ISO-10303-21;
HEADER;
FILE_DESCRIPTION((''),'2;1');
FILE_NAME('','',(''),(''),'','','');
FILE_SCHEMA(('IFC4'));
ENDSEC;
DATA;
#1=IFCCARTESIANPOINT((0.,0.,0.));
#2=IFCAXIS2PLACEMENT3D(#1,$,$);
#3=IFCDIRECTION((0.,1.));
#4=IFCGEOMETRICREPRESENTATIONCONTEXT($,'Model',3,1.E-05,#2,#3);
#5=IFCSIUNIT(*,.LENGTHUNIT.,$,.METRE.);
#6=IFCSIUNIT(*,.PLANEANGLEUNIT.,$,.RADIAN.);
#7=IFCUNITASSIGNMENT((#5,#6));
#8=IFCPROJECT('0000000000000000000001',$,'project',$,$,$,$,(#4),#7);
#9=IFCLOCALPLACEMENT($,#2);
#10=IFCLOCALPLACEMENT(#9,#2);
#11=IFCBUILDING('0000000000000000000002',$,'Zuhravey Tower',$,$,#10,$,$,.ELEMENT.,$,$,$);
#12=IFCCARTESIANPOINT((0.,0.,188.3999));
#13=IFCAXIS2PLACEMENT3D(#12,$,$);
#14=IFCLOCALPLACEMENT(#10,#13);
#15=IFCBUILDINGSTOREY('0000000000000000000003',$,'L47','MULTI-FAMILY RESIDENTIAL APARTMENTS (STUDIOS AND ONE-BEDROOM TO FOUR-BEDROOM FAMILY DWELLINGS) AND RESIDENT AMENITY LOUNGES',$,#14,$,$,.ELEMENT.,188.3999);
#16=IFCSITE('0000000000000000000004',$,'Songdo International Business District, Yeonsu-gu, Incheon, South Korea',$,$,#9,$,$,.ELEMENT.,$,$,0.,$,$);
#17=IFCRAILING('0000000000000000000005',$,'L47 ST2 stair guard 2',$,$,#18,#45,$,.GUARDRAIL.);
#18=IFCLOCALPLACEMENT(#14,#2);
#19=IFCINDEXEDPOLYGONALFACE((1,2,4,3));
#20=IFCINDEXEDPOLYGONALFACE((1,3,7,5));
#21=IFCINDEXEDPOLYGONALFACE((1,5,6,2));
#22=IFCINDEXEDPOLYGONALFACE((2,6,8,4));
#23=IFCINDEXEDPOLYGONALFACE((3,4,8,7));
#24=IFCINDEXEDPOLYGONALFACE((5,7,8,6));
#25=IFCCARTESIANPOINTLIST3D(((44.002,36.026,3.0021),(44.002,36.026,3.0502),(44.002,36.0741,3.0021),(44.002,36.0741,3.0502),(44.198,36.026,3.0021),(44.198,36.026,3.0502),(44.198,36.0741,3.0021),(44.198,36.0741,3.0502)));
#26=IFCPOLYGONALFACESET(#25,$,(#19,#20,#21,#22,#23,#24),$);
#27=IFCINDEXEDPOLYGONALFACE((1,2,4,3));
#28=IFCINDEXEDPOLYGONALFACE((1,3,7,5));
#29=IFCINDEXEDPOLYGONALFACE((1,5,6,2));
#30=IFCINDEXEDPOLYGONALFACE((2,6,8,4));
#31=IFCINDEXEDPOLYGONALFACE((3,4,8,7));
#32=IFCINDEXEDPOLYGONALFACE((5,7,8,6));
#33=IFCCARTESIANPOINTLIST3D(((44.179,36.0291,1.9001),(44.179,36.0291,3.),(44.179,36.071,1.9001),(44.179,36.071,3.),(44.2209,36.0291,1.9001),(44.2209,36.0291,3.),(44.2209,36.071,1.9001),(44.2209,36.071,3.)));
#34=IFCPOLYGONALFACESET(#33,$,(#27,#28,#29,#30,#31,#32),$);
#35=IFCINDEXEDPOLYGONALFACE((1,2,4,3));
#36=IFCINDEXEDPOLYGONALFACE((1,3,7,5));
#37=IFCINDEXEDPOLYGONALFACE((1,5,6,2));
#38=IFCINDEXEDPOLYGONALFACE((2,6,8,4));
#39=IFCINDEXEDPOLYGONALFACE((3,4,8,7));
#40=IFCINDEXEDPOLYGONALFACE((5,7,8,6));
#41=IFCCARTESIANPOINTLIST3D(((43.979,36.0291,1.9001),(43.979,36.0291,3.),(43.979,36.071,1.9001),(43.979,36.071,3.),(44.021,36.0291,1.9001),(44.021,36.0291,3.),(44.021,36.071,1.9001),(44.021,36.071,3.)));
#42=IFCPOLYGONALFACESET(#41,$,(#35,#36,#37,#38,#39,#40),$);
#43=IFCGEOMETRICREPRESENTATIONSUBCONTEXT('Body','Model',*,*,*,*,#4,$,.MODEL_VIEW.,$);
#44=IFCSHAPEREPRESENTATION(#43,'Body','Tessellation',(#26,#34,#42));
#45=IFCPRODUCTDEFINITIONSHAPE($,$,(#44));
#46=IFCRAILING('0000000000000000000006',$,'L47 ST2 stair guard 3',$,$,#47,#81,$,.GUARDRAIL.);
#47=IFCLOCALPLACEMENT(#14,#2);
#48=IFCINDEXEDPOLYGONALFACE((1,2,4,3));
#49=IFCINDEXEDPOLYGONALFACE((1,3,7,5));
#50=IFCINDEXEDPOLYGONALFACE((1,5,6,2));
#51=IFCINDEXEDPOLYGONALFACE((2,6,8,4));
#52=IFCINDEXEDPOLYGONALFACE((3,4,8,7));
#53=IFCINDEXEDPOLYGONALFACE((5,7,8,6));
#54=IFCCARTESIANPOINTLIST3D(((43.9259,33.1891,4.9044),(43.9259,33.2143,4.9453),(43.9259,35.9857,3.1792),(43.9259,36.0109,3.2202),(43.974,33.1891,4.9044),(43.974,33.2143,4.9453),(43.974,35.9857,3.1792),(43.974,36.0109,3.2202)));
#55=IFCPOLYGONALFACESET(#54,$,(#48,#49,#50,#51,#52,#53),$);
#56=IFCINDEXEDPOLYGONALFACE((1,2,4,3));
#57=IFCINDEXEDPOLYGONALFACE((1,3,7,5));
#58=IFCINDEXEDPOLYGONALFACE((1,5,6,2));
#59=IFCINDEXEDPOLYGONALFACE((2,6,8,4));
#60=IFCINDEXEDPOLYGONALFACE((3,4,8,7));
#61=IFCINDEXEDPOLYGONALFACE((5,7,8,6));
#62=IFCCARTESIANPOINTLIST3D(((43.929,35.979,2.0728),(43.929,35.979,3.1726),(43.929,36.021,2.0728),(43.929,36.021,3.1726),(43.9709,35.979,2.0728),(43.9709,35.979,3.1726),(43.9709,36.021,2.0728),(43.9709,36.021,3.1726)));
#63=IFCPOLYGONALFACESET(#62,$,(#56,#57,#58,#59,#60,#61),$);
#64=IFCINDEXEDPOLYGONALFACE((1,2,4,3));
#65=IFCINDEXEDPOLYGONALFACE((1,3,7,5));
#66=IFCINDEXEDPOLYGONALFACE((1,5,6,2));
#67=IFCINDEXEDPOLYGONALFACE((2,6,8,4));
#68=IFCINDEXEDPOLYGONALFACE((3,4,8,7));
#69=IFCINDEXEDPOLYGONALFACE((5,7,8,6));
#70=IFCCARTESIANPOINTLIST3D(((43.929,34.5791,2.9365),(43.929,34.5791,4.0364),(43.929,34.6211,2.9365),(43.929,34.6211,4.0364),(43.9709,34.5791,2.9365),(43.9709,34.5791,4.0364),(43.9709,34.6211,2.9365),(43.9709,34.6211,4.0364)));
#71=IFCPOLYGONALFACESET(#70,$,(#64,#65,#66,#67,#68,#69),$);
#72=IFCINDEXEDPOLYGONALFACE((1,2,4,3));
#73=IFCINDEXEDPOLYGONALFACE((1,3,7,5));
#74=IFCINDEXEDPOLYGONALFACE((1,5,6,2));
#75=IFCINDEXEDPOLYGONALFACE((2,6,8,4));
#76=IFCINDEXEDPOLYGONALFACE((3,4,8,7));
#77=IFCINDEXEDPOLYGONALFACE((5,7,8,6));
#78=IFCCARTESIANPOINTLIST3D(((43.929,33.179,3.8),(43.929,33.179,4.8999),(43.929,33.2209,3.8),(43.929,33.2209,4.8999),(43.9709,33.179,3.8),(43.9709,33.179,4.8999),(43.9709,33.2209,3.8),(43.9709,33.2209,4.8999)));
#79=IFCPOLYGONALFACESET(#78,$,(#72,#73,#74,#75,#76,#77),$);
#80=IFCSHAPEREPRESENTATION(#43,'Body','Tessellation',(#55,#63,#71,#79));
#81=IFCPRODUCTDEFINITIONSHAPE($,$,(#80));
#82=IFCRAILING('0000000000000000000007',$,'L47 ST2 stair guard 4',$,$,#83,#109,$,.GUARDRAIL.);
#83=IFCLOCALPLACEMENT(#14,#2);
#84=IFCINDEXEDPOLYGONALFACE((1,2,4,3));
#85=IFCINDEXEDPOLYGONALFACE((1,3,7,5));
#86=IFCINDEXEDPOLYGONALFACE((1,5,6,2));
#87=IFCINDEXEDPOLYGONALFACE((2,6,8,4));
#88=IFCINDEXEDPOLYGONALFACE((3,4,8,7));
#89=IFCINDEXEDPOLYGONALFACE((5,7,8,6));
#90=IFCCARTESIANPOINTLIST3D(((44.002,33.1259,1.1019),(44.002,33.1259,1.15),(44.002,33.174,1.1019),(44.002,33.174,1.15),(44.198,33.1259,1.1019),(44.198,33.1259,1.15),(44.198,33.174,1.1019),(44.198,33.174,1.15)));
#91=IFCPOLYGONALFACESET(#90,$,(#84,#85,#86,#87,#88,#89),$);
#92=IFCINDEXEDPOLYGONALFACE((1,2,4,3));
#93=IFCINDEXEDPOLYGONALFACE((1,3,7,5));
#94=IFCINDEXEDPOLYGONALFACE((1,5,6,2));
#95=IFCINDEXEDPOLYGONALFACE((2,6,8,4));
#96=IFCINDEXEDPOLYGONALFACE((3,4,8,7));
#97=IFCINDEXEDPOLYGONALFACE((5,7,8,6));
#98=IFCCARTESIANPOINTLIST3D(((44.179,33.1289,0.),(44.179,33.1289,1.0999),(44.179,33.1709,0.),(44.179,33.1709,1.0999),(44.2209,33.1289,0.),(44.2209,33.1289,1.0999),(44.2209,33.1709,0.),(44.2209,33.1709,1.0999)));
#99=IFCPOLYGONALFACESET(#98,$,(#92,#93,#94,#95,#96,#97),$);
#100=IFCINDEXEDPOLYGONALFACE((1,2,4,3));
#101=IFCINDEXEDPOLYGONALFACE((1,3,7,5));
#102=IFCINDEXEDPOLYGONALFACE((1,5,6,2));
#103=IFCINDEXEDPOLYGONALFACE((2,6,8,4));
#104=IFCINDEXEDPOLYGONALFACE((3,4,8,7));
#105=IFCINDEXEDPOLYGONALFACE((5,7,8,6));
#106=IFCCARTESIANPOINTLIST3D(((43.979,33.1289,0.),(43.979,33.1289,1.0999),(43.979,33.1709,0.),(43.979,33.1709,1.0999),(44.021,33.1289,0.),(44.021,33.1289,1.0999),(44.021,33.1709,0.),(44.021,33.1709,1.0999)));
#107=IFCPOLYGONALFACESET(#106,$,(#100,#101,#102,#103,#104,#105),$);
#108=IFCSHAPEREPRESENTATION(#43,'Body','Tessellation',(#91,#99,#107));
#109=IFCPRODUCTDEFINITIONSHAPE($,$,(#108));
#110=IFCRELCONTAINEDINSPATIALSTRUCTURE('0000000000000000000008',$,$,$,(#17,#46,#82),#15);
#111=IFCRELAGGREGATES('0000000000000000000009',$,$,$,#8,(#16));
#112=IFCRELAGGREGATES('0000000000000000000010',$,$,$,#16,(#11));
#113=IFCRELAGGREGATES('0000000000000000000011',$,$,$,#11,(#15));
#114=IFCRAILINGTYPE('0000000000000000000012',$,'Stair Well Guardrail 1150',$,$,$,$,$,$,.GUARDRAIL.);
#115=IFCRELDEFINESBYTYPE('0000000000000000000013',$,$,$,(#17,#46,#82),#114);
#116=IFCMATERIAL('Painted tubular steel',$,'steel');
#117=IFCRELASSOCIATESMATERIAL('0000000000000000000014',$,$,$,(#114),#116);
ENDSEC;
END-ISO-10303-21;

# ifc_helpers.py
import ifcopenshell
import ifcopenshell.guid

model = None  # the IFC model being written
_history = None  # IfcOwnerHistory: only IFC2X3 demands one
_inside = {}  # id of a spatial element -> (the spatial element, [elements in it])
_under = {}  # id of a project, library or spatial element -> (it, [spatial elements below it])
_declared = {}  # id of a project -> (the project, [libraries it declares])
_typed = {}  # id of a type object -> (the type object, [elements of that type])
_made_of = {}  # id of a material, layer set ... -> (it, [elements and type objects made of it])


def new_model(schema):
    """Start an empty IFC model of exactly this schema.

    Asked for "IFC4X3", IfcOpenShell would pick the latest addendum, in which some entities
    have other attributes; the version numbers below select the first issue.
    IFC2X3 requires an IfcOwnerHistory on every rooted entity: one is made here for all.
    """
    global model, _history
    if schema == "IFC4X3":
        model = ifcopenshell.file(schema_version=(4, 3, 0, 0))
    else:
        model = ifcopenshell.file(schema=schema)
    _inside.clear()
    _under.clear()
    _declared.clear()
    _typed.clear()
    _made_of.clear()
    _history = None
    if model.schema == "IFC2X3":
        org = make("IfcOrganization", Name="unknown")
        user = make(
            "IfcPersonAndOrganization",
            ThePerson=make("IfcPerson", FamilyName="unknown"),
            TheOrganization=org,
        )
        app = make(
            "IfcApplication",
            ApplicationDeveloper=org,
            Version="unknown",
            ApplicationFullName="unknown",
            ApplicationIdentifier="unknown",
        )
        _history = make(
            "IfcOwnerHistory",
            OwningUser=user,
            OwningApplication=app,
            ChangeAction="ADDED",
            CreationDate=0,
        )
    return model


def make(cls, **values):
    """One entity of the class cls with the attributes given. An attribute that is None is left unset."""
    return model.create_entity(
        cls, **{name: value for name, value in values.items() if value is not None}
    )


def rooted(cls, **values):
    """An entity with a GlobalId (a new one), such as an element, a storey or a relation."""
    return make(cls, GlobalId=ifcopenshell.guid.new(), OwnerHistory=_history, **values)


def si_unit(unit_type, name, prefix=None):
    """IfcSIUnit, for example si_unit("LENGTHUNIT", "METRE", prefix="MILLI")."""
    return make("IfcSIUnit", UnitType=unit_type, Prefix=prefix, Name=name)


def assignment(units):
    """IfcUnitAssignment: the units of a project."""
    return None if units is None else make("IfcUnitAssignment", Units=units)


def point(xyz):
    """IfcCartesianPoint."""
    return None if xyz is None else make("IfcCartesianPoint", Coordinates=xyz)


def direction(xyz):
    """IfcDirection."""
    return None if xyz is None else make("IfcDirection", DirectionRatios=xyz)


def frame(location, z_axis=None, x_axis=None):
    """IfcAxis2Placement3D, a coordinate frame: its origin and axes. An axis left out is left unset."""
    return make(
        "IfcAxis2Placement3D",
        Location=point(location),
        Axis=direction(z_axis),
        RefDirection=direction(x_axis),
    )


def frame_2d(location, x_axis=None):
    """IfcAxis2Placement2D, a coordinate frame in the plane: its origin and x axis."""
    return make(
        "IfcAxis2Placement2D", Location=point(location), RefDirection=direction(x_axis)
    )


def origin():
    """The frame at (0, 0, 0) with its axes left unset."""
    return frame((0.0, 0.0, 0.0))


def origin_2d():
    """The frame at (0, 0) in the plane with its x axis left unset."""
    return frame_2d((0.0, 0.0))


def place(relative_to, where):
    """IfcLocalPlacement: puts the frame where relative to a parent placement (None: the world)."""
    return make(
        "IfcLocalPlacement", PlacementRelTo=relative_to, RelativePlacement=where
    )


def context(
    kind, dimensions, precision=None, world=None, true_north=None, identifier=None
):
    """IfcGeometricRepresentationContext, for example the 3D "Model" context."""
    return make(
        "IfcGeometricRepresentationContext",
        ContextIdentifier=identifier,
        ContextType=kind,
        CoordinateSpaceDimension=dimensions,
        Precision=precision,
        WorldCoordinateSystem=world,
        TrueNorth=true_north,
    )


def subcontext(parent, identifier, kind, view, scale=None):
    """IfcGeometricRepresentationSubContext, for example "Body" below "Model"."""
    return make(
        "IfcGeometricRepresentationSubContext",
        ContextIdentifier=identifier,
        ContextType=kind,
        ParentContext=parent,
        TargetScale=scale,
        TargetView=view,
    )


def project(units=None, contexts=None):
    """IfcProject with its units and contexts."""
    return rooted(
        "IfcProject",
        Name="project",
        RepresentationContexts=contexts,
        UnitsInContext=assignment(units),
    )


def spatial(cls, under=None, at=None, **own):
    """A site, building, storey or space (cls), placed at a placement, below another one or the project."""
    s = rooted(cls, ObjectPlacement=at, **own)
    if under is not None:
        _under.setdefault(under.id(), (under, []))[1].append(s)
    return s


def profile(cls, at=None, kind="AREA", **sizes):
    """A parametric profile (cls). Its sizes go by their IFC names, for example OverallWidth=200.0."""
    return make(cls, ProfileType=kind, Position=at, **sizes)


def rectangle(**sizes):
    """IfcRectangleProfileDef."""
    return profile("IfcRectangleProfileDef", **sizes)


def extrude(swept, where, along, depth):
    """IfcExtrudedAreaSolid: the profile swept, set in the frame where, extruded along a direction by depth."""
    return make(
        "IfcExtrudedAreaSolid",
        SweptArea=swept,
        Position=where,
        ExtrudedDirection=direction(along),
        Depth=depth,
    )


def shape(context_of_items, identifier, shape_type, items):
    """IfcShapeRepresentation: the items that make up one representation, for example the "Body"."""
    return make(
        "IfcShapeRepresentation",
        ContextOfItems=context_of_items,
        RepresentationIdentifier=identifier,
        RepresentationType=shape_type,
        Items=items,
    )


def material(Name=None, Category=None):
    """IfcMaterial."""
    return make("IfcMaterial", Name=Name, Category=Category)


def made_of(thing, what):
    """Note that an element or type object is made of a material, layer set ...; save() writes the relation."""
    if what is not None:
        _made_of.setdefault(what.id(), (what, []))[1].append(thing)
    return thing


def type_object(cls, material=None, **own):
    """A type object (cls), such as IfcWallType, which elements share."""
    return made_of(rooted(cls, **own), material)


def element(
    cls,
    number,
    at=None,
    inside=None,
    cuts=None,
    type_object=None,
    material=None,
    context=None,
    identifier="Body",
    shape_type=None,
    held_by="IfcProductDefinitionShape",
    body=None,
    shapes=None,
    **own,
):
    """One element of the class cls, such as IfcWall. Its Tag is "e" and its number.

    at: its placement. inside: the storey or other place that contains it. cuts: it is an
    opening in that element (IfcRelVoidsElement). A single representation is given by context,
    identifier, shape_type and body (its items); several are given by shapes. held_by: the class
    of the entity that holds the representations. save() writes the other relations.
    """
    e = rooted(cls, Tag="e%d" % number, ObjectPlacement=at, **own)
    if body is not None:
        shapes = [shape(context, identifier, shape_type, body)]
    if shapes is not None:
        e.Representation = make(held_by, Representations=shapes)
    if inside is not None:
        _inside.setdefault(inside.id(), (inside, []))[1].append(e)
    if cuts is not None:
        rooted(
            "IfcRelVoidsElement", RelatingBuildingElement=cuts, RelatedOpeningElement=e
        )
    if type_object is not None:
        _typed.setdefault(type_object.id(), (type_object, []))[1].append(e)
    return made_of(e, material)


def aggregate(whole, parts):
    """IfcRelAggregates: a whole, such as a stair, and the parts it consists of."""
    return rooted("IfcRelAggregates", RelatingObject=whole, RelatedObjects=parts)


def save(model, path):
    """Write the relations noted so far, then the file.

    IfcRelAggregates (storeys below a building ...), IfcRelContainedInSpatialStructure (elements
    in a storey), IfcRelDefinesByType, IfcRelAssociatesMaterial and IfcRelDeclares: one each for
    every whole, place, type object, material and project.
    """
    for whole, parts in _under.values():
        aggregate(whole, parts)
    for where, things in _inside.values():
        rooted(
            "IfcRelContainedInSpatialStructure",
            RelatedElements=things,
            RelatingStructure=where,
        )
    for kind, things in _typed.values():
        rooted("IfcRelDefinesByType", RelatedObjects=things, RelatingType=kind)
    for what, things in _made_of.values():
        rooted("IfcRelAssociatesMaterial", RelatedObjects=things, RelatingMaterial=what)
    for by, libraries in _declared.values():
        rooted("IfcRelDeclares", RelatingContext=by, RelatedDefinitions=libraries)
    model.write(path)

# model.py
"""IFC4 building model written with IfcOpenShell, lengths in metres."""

from ifc_helpers import new_model, si_unit, direction, frame, origin, origin_2d, place, context, subcontext, project, spatial, rectangle, extrude, material, type_object, element, save


model = new_model("IFC4")

# Units and contexts
model_context = context("Model", 3, precision=1e-05, world=origin(), true_north=direction((0.0, 1.0)))
body_context = subcontext(model_context, "Body", "Model", "MODEL_VIEW")
ifc_project = project(units=[si_unit("LENGTHUNIT", "METRE"), si_unit("PLANEANGLEUNIT", "RADIAN")], contexts=[model_context])

# Site, building, storey
site_placement = place(None, origin())
site = spatial("IfcSite", under=ifc_project, at=site_placement, Name="Songdo International Business District, Yeonsu-gu, Incheon, South Korea", CompositionType="ELEMENT", RefElevation=0.0)
building_placement = place(site_placement, origin())
building = spatial("IfcBuilding", under=site, at=building_placement, Name="Zuhravey Tower", CompositionType="ELEMENT")
storey_placement = place(building_placement, frame((0.0, 0.0, 188.3999)))
storey = spatial("IfcBuildingStorey", under=building, at=storey_placement, Name="L47", Description="MULTI-FAMILY RESIDENTIAL APARTMENTS (STUDIOS AND ONE-BEDROOM TO FOUR-BEDROOM FAMILY DWELLINGS) AND RESIDENT AMENITY LOUNGES", CompositionType="ELEMENT", Elevation=188.3999)

# Railings
ifc_material_1 = material(Name="Painted tubular steel", Category="steel")
railing_type_1 = type_object("IfcRailingType", Name="Stair Well Guardrail 1150", PredefinedType="GUARDRAIL", material=ifc_material_1)
railing_1_placement = place(storey_placement, frame((44.2, 36.05, 1.9001)))
element("IfcRailing", 1, at=railing_1_placement, inside=storey, type_object=railing_type_1, Name="L47 ST2 stair guard 2", PredefinedType="GUARDRAIL", context=body_context, shape_type="SweptSolid", body=[
    extrude(rectangle(XDim=0.0481, YDim=0.0481, at=origin_2d()), frame((-0.002, 0.0, 1.126), z_axis=(-1.0, 0.0, 0.0), x_axis=(0.0, -1.0, 0.0)), (0.0, 0.0, 1.0), 0.196),
    extrude(rectangle(XDim=0.042, YDim=0.042, at=origin_2d()), origin(), (0.0, 0.0, 1.0), 1.0999),
    extrude(rectangle(XDim=0.042, YDim=0.042, at=origin_2d()), frame((-0.2, 0.0, 0.0)), (0.0, 0.0, 1.0), 1.0999),
])
railing_2_placement = place(storey_placement, frame((43.95, 36.0, 2.0728)))
element("IfcRailing", 2, at=railing_2_placement, inside=storey, type_object=railing_type_1, Name="L47 ST2 stair guard 3", PredefinedType="GUARDRAIL", context=body_context, shape_type="SweptSolid", body=[
    extrude(rectangle(XDim=0.0481, YDim=0.0481, at=origin_2d()), frame((0.0, -0.0017, 1.127), z_axis=(0.0, -0.85109, 0.52502), x_axis=(1.0, 0.0, 0.0)), (0.0, 0.0, 1.0), 3.2859),
    extrude(rectangle(XDim=0.042, YDim=0.042, at=origin_2d()), origin(), (0.0, 0.0, 1.0), 1.0999),
    extrude(rectangle(XDim=0.042, YDim=0.042, at=origin_2d()), frame((0.0, -1.3999, 0.8638)), (0.0, 0.0, 1.0), 1.0999),
    extrude(rectangle(XDim=0.042, YDim=0.042, at=origin_2d()), frame((0.0, -2.8, 1.7273)), (0.0, 0.0, 1.0), 1.0999),
])
railing_3_placement = place(storey_placement, frame((44.2, 33.1499, 0.0)))
element("IfcRailing", 3, at=railing_3_placement, inside=storey, type_object=railing_type_1, Name="L47 ST2 stair guard 4", PredefinedType="GUARDRAIL", context=body_context, shape_type="SweptSolid", body=[
    extrude(rectangle(XDim=0.0481, YDim=0.0481, at=origin_2d()), frame((-0.002, 0.0, 1.126), z_axis=(-1.0, 0.0, 0.0), x_axis=(0.0, -1.0, 0.0)), (0.0, 0.0, 1.0), 0.196),
    extrude(rectangle(XDim=0.042, YDim=0.042, at=origin_2d()), origin(), (0.0, 0.0, 1.0), 1.0999),
    extrude(rectangle(XDim=0.042, YDim=0.042, at=origin_2d()), frame((-0.2, 0.0, 0.0)), (0.0, 0.0, 1.0), 1.0999),
])

save(model, "model.ifc")
